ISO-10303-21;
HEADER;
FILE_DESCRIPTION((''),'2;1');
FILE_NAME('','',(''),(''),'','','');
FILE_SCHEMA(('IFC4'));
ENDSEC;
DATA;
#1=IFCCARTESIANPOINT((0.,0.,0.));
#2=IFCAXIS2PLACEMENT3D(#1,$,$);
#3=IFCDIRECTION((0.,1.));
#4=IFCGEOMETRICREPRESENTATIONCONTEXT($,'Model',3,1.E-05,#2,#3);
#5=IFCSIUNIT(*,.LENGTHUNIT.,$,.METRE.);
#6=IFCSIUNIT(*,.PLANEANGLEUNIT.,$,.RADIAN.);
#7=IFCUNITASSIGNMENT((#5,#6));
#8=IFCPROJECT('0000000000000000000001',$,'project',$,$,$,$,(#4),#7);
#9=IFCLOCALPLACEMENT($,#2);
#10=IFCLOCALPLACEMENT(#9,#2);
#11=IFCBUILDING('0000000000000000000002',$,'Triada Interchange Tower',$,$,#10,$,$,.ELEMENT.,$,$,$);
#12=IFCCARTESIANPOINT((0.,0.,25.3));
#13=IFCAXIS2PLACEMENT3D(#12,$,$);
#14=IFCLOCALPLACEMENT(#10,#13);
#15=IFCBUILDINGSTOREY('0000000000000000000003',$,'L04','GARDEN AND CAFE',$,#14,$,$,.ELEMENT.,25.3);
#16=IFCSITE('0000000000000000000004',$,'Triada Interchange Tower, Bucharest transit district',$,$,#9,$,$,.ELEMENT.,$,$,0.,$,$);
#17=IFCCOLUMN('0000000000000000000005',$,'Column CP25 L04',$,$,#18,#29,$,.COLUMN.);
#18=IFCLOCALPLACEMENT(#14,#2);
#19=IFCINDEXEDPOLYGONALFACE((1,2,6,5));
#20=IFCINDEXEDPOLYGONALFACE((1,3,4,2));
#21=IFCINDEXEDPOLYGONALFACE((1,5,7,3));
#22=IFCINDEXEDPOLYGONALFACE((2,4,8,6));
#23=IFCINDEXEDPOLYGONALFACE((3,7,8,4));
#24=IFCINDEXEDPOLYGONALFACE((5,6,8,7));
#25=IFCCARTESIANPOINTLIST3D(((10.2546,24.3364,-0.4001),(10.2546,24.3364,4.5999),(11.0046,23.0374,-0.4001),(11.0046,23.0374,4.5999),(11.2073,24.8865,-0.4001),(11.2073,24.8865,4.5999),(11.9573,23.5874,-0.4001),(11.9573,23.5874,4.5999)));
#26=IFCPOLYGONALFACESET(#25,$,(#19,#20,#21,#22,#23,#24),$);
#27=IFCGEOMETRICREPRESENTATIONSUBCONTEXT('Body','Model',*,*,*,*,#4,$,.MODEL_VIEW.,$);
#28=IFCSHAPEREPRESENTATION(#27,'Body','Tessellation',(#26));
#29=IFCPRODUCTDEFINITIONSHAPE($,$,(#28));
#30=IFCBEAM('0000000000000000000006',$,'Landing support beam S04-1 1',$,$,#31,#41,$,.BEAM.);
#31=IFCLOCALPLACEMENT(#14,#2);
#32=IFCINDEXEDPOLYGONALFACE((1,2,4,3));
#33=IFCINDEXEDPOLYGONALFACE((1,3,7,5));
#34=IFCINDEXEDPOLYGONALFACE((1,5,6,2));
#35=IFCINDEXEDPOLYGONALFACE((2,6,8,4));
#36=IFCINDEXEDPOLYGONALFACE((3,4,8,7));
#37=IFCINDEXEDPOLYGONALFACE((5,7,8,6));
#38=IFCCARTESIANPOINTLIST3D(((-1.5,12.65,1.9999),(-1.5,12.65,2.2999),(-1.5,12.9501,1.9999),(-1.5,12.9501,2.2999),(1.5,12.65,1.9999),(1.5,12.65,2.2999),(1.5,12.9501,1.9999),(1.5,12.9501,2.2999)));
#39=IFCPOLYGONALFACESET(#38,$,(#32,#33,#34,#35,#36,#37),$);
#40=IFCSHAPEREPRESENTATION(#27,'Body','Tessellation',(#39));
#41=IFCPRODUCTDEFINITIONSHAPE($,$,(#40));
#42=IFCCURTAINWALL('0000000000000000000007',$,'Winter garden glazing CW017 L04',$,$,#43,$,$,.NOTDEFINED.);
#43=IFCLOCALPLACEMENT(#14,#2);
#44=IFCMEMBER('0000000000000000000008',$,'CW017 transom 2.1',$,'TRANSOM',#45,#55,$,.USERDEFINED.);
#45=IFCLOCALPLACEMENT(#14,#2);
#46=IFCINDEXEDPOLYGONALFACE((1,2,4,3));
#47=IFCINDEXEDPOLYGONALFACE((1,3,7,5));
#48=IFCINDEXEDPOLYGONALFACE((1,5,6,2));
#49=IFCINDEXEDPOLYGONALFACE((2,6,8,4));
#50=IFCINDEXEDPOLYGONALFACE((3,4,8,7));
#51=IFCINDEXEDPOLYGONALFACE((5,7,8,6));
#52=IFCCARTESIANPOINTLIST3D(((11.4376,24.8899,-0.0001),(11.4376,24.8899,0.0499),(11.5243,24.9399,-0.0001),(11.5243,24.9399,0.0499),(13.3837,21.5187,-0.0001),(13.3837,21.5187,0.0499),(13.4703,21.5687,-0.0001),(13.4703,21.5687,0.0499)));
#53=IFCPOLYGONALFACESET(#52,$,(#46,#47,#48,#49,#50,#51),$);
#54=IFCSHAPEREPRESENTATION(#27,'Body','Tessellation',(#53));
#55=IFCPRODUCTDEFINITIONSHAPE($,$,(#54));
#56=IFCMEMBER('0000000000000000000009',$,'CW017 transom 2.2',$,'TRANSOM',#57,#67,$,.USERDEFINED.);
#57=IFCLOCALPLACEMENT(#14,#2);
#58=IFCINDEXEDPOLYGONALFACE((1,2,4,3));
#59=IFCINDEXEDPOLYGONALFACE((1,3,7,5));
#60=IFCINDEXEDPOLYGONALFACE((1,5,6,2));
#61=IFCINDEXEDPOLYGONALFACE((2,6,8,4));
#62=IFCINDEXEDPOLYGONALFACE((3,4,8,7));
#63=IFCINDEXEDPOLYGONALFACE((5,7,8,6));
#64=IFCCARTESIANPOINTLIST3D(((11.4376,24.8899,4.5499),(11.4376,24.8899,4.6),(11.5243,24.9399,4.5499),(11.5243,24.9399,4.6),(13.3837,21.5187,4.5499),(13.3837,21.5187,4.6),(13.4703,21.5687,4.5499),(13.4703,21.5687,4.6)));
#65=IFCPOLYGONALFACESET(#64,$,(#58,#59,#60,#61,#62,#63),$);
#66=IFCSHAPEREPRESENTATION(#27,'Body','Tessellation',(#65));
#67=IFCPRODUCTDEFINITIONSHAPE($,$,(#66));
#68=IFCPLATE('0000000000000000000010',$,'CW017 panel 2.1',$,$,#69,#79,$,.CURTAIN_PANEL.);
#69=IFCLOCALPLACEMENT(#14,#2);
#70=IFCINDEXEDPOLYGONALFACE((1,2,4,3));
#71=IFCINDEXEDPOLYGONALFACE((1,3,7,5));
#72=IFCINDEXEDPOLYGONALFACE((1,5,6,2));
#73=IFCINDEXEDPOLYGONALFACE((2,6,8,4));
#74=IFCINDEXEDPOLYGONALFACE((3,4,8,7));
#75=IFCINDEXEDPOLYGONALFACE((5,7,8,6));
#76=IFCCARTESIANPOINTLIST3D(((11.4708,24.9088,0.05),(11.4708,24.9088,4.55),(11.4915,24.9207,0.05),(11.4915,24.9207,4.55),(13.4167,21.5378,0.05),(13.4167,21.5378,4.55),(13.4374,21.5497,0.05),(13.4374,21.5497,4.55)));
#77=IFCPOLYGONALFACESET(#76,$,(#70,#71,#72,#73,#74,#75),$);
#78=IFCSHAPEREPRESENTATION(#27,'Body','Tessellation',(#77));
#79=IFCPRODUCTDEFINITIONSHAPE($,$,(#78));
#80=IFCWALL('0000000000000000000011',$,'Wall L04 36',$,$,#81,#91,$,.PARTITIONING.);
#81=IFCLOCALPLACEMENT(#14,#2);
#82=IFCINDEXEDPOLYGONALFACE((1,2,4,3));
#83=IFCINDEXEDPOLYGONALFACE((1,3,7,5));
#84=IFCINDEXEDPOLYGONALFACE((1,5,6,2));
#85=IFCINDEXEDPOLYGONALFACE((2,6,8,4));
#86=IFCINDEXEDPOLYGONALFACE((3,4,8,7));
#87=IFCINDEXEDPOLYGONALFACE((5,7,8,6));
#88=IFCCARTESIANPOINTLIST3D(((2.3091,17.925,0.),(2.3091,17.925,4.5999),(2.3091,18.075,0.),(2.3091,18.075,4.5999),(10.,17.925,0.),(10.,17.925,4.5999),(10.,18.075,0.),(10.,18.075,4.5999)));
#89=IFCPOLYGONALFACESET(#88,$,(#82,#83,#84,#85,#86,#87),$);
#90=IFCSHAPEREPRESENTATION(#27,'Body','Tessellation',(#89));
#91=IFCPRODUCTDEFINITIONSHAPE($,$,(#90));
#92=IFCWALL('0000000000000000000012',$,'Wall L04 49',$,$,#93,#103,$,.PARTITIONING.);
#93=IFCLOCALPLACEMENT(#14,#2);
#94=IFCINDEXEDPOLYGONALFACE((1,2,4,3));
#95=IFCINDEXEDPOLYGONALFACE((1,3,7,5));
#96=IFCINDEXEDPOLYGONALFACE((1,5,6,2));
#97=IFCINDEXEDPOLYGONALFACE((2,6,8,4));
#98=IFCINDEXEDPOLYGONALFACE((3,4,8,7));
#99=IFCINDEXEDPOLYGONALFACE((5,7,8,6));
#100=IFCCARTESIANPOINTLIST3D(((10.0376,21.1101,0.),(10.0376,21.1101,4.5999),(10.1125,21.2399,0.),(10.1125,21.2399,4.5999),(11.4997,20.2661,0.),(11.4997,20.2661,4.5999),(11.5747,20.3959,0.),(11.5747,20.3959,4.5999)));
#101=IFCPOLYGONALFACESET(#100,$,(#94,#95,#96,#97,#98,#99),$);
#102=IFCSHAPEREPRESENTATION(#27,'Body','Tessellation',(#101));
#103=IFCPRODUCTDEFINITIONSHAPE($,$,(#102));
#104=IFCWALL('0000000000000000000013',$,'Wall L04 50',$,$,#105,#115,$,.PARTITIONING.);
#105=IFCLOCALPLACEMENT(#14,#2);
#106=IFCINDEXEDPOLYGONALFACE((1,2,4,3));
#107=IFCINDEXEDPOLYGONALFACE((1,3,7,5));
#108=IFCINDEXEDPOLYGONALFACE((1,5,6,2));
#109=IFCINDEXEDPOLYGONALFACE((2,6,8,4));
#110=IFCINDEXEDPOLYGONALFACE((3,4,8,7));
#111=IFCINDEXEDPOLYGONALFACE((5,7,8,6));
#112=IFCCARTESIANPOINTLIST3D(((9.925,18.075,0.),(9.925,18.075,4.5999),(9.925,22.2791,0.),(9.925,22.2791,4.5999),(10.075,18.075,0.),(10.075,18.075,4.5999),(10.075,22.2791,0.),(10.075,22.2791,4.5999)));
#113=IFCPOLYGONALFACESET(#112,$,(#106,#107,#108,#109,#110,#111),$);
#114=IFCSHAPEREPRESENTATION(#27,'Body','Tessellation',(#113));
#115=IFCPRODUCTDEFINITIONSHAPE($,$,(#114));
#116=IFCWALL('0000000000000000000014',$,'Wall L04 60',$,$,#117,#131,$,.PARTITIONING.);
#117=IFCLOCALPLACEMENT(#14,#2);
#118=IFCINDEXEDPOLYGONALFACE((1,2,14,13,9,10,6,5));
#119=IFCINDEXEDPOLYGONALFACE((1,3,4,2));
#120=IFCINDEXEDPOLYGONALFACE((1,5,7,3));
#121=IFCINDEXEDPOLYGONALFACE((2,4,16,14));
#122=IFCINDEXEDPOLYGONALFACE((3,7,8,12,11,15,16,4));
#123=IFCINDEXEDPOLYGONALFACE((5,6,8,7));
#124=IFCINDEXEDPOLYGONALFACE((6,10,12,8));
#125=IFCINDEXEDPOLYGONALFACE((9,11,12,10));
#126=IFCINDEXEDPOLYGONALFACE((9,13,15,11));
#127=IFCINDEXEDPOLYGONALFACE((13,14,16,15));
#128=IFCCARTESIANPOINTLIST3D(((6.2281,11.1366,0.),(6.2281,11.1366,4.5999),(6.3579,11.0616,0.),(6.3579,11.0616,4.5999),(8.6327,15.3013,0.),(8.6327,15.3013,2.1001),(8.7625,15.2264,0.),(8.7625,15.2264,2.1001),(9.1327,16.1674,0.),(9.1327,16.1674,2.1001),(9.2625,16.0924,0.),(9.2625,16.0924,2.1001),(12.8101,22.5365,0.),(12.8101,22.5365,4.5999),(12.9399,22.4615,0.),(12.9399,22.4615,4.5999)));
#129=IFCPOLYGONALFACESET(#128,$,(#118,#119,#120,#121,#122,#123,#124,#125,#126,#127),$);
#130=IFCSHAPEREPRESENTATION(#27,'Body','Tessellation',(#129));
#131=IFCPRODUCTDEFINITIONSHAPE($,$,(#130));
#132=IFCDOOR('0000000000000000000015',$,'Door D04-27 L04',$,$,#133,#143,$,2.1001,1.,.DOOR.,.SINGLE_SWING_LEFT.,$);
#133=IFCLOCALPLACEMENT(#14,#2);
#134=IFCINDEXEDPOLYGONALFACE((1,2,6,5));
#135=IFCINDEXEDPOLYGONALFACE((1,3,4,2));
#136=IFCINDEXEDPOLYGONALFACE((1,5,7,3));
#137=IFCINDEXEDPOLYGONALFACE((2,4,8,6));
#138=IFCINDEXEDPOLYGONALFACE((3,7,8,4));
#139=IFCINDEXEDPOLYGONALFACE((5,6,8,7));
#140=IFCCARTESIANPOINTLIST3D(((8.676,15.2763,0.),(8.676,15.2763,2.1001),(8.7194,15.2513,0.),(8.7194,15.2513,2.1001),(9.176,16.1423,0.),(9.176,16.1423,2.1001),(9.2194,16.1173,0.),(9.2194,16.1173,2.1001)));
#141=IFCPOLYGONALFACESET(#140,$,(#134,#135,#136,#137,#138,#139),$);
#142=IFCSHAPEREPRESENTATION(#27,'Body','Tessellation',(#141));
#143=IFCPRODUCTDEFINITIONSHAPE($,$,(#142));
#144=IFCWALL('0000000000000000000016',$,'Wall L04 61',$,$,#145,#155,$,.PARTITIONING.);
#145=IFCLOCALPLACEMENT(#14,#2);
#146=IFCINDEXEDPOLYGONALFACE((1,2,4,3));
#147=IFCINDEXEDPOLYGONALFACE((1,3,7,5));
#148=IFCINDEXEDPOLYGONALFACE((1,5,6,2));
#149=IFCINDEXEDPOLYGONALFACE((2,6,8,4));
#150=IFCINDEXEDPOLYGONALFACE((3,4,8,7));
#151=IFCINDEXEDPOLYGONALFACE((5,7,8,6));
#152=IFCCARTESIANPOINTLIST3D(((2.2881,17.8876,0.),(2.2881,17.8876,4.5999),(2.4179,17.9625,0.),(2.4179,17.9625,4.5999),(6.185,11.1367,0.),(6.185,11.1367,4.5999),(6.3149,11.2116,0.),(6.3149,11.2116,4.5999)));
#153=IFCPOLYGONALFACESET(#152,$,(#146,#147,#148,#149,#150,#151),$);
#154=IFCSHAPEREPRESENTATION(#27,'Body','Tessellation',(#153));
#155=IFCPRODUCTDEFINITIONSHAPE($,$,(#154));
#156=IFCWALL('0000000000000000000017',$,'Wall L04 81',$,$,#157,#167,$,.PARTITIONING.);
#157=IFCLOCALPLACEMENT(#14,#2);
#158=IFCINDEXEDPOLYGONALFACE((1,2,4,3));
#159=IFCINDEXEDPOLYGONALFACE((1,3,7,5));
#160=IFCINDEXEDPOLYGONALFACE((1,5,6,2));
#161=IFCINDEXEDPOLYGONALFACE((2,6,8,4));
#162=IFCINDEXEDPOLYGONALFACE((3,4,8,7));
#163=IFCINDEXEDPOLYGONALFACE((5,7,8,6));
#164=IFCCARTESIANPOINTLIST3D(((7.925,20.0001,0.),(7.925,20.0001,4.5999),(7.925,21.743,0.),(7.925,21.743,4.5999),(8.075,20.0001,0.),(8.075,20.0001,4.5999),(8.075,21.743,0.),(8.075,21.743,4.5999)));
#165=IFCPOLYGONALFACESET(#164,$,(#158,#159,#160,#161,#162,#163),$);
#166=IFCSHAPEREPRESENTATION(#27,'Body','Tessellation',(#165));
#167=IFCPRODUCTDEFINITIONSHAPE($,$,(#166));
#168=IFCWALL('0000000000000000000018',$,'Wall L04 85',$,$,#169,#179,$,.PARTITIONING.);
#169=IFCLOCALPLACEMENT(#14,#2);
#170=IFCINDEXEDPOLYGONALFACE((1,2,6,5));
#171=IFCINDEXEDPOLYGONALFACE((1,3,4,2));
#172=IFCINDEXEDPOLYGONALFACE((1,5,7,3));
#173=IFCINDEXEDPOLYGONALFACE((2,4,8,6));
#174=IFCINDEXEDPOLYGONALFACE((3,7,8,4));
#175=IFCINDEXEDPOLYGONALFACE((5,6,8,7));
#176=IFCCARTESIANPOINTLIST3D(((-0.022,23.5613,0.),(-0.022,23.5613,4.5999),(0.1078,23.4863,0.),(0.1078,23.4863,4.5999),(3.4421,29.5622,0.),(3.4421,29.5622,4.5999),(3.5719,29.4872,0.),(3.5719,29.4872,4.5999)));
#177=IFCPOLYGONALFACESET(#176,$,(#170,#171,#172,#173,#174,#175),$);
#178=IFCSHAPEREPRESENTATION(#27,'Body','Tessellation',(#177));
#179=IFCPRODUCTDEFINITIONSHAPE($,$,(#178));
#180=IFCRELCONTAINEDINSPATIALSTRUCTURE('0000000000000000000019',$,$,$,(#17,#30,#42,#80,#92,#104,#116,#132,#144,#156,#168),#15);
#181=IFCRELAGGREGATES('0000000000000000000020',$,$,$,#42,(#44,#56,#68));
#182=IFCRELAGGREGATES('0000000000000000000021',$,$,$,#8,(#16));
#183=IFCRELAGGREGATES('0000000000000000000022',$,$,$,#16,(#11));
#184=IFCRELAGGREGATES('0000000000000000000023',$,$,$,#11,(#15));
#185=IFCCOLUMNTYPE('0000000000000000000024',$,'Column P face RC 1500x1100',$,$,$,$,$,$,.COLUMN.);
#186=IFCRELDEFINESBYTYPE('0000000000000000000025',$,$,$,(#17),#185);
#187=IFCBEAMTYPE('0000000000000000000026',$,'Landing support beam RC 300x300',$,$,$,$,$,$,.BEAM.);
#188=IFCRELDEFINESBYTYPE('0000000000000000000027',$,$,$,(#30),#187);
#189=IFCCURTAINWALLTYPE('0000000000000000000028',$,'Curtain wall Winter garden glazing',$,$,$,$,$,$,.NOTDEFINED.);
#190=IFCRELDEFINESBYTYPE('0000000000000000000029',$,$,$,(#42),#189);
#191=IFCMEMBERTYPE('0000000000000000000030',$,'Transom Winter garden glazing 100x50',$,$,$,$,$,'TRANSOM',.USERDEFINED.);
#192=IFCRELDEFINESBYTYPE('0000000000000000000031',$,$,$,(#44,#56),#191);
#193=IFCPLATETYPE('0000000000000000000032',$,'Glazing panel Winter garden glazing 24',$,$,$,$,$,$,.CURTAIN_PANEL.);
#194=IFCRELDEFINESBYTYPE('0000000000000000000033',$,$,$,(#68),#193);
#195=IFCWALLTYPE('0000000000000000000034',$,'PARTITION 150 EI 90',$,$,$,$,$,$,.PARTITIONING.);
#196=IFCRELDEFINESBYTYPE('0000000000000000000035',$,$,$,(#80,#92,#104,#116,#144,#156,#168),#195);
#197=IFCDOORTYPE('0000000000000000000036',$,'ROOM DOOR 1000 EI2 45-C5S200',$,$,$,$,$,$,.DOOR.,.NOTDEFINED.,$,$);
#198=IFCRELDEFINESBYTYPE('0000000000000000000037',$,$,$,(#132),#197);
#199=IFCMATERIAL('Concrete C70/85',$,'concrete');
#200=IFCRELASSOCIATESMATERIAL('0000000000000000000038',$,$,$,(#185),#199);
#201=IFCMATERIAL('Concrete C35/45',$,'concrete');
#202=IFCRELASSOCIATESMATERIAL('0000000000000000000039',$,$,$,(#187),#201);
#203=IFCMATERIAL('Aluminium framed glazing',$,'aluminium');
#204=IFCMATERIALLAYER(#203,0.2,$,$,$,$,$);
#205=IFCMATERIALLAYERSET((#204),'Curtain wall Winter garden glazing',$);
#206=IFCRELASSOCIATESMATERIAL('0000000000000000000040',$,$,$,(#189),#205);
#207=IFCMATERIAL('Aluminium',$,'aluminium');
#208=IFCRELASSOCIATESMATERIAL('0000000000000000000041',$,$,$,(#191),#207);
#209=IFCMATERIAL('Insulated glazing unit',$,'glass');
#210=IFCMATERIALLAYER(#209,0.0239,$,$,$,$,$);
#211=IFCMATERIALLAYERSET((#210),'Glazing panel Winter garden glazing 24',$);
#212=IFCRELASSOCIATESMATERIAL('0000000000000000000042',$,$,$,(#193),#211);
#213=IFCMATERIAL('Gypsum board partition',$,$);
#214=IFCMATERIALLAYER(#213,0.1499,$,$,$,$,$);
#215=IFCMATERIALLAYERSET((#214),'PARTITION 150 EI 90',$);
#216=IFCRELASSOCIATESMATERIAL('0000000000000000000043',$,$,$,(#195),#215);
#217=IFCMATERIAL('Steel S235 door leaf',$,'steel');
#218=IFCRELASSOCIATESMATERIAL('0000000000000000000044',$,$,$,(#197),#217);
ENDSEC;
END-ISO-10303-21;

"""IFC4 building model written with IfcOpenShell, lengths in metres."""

from ifc_helpers import new_model, si_unit, direction, frame, frame_2d, origin, origin_2d, place, context, subcontext, project, spatial, rectangle, extrude, material, layer, layer_set, material_profile, profile_set, type_object, element, fill, aggregate, save


model = new_model("IFC4")

# Units and contexts
model_context = context("Model", 3, precision=1e-05, world=origin(), true_north=direction((0.0, 1.0)))
body_context = subcontext(model_context, "Body", "Model", "MODEL_VIEW")
ifc_project = project(units=[si_unit("LENGTHUNIT", "METRE"), si_unit("PLANEANGLEUNIT", "RADIAN")], contexts=[model_context])

# Site, building, storey
site_placement = place(None, origin())
site = spatial("IfcSite", under=ifc_project, at=site_placement, Name="Triada Interchange Tower, Bucharest transit district", CompositionType="ELEMENT", RefElevation=0.0)
building_placement = place(site_placement, origin())
building = spatial("IfcBuilding", under=site, at=building_placement, Name="Triada Interchange Tower", CompositionType="ELEMENT")
storey_placement = place(building_placement, frame((0.0, 0.0, 25.3)))
storey = spatial("IfcBuildingStorey", under=building, at=storey_placement, Name="L04", Description="GARDEN AND CAFE", CompositionType="ELEMENT", Elevation=25.3)

# Column
ifc_material_1 = material(Name="Concrete C70/85", Category="concrete")
ifc_material_profile_1 = material_profile(ifc_material_1, rectangle(XDim=1.5, YDim=1.1001, at=origin_2d()), Name="RC 1500x1100")
ifc_profile_set_1 = profile_set([ifc_material_profile_1], Name="Concrete C70/85")
column_type = type_object("IfcColumnType", Name="Column P face RC 1500x1100", PredefinedType="COLUMN", material=ifc_profile_set_1)
column_placement = place(storey_placement, frame((11.106, 23.9619, -0.4001), z_axis=(0.0, 0.0, 1.0), x_axis=(-0.5, 0.866025, 0.0)))
element("IfcColumn", 1, at=column_placement, inside=storey, type_object=column_type, Name="Column CP25 L04", PredefinedType="COLUMN", context=body_context, shape_type="SweptSolid", body=[
    extrude(rectangle(XDim=1.5, YDim=1.1001, at=origin_2d()), origin(), (0.0, 0.0, 1.0), 5.0),
])

# Beam
ifc_material_2 = material(Name="Concrete C35/45", Category="concrete")
ifc_material_profile_2 = material_profile(ifc_material_2, rectangle(XDim=0.3, YDim=0.3, at=origin_2d()), Name="RC 300x300")
ifc_profile_set_2 = profile_set([ifc_material_profile_2], Name="Concrete C35/45")
beam_type = type_object("IfcBeamType", Name="Landing support beam RC 300x300", PredefinedType="BEAM", material=ifc_profile_set_2)
beam_placement = place(storey_placement, frame((1.5, 12.8, 2.1499), z_axis=(-1.0, 0.0, 0.0), x_axis=(0.0, -1.0, 0.0)))
element("IfcBeam", 2, at=beam_placement, inside=storey, type_object=beam_type, Name="Landing support beam S04-1 1", PredefinedType="BEAM", context=body_context, shape_type="SweptSolid", body=[
    extrude(rectangle(XDim=0.3, YDim=0.3, at=origin_2d()), origin(), (0.0, 0.0, 1.0), 3.0),
])

# Curtain wall, members, plate
ifc_material_3 = material(Name="Aluminium framed glazing", Category="aluminium")
ifc_layer_1 = layer(ifc_material_3, 0.2)
ifc_layer_set_1 = layer_set([ifc_layer_1], Name="Curtain wall Winter garden glazing")
curtain_wall_type = type_object("IfcCurtainWallType", Name="Curtain wall Winter garden glazing", PredefinedType="NOTDEFINED", material=ifc_layer_set_1)
curtain_wall_placement = place(storey_placement, origin())
curtain_wall = element("IfcCurtainWall", 3, at=curtain_wall_placement, inside=storey, type_object=curtain_wall_type, Name="Winter garden glazing CW017 L04", PredefinedType="NOTDEFINED")
ifc_material_4 = material(Name="Aluminium", Category="aluminium")
ifc_material_profile_3 = material_profile(ifc_material_4, rectangle(XDim=0.1001, YDim=0.05, at=origin_2d()), Name="Aluminium transom")
ifc_profile_set_3 = profile_set([ifc_material_profile_3], Name="Aluminium")
member_type = type_object("IfcMemberType", Name="Transom Winter garden glazing 100x50", ElementType="TRANSOM", PredefinedType="USERDEFINED", material=ifc_profile_set_3)
member_1_placement = place(storey_placement, frame((13.427, 21.5437, 0.0249), z_axis=(-0.49995, 0.866054, 0.0), x_axis=(-0.866054, -0.49995, 0.0)))
member_1 = element("IfcMember", 4, at=member_1_placement, type_object=member_type, Name="CW017 transom 2.1", ObjectType="TRANSOM", PredefinedType="USERDEFINED", context=body_context, shape_type="SweptSolid", body=[
    extrude(rectangle(XDim=0.1001, YDim=0.05, at=origin_2d()), origin(), (0.0, 0.0, 1.0), 3.8926),
])
member_2_placement = place(storey_placement, frame((13.427, 21.5437, 4.575), z_axis=(-0.49995, 0.866054, 0.0), x_axis=(-0.866054, -0.49995, 0.0)))
member_2 = element("IfcMember", 5, at=member_2_placement, type_object=member_type, Name="CW017 transom 2.2", ObjectType="TRANSOM", PredefinedType="USERDEFINED", context=body_context, shape_type="SweptSolid", body=[
    extrude(rectangle(XDim=0.1001, YDim=0.05, at=origin_2d()), origin(), (0.0, 0.0, 1.0), 3.8926),
])
ifc_material_5 = material(Name="Insulated glazing unit", Category="glass")
ifc_layer_2 = layer(ifc_material_5, 0.0239)
ifc_layer_set_2 = layer_set([ifc_layer_2], Name="Glazing panel Winter garden glazing 24")
plate_type = type_object("IfcPlateType", Name="Glazing panel Winter garden glazing 24", PredefinedType="CURTAIN_PANEL", material=ifc_layer_set_2)
plate_placement = place(storey_placement, frame((12.4541, 23.2292, 0.05), z_axis=(0.0, 0.0, 1.0), x_axis=(-0.499948, 0.866055, 0.0)))
plate = element("IfcPlate", 6, at=plate_placement, type_object=plate_type, Name="CW017 panel 2.1", PredefinedType="CURTAIN_PANEL", context=body_context, shape_type="SweptSolid", body=[
    extrude(rectangle(XDim=3.8923, YDim=0.0239, at=origin_2d()), origin(), (0.0, 0.0, 1.0), 4.5),
])
aggregate(curtain_wall, [member_1, member_2, plate])

# Shared definitions
ifc_material_6 = material(Name="Steel S235 door leaf", Category="steel")

# Walls
ifc_material_7 = material(Name="Gypsum board partition")
ifc_layer_3 = layer(ifc_material_7, 0.1499)
ifc_layer_set_3 = layer_set([ifc_layer_3], Name="PARTITION 150 EI 90")
wall_type_1 = type_object("IfcWallType", Name="PARTITION 150 EI 90", PredefinedType="PARTITIONING", material=ifc_layer_set_3)
wall_1_placement = place(storey_placement, frame((2.3091, 18.0, 0.0), z_axis=(0.0, 0.0, 1.0), x_axis=(1.0, 0.0, 0.0)))
element("IfcWall", 7, at=wall_1_placement, inside=storey, type_object=wall_type_1, Name="Wall L04 36", PredefinedType="PARTITIONING", context=body_context, shape_type="SweptSolid", body=[
    extrude(rectangle(XDim=7.6909, YDim=0.1499, at=frame_2d((3.8455, 0.0))), origin(), (0.0, 0.0, 1.0), 4.5999),
])
wall_2_placement = place(storey_placement, frame((10.075, 21.175, 0.0), z_axis=(0.0, 0.0, 1.0), x_axis=(0.866072, -0.499919, 0.0)))
element("IfcWall", 8, at=wall_2_placement, inside=storey, type_object=wall_type_1, Name="Wall L04 49", PredefinedType="PARTITIONING", context=body_context, shape_type="SweptSolid", body=[
    extrude(rectangle(XDim=1.6882, YDim=0.1499, at=frame_2d((0.8442, 0.0))), origin(), (0.0, 0.0, 1.0), 4.5999),
])
wall_3_placement = place(storey_placement, frame((10.0, 18.075, 0.0), z_axis=(0.0, 0.0, 1.0), x_axis=(0.0, 1.0, 0.0)))
element("IfcWall", 9, at=wall_3_placement, inside=storey, type_object=wall_type_1, Name="Wall L04 50", PredefinedType="PARTITIONING", context=body_context, shape_type="SweptSolid", body=[
    extrude(rectangle(XDim=4.2041, YDim=0.1499, at=frame_2d((2.1021, 0.0))), origin(), (0.0, 0.0, 1.0), 4.5999),
])

# Wall, opening, door
wall_4_placement = place(storey_placement, frame((6.293, 11.0991, 0.0), z_axis=(0.0, 0.0, 1.0), x_axis=(0.500017, 0.866016, 0.0)))
wall_4 = element("IfcWall", 10, at=wall_4_placement, inside=storey, type_object=wall_type_1, Name="Wall L04 60", PredefinedType="PARTITIONING", context=body_context, shape_type="SweptSolid", body=[
    extrude(rectangle(XDim=13.1636, YDim=0.1499, at=frame_2d((6.5818, 0.0))), origin(), (0.0, 0.0, 1.0), 4.5999),
])
opening_1_placement = place(wall_4_placement, frame((4.8091, 0.0, 0.0)))
opening_1 = element("IfcOpeningElement", 11, at=opening_1_placement, cuts=wall_4, PredefinedType="OPENING", context=body_context, shape_type="SweptSolid", body=[
    extrude(rectangle(XDim=1.0, YDim=2.1001, at=frame_2d((0.5, 1.05))), frame((0.0, 0.085, 0.0), z_axis=(0.0, -1.0, 0.0), x_axis=(1.0, 0.0, 0.0)), (0.0, 0.0, 1.0), 0.1699),
])
door_type_1 = type_object("IfcDoorType", Name="ROOM DOOR 1000 EI2 45-C5S200", OperationType="NOTDEFINED", PredefinedType="DOOR", material=ifc_material_6)
door_1_placement = place(opening_1_placement, origin())
door_1 = element("IfcDoor", 12, at=door_1_placement, inside=storey, type_object=door_type_1, Name="Door D04-27 L04", OperationType="SINGLE_SWING_LEFT", OverallHeight=2.1001, OverallWidth=1.0, PredefinedType="DOOR", context=body_context, shape_type="SweptSolid", body=[
    extrude(rectangle(XDim=1.0, YDim=2.1001, at=frame_2d((0.5, 1.05))), frame((0.0, 0.0249, 0.0), z_axis=(0.0, -1.0, 0.0), x_axis=(1.0, 0.0, 0.0)), (0.0, 0.0, 1.0), 0.05),
])
fill(opening_1, door_1)

# Walls
wall_5_placement = place(storey_placement, frame((2.353, 17.925, 0.0), z_axis=(0.0, 0.0, 1.0), x_axis=(0.499932, -0.866065, 0.0)))
element("IfcWall", 13, at=wall_5_placement, inside=storey, type_object=wall_type_1, Name="Wall L04 61", PredefinedType="PARTITIONING", context=body_context, shape_type="SweptSolid", body=[
    extrude(rectangle(XDim=7.7949, YDim=0.1499, at=frame_2d((3.8975, 0.0))), origin(), (0.0, 0.0, 1.0), 4.5999),
])
wall_6_placement = place(storey_placement, frame((8.0, 20.0, 0.0), z_axis=(0.0, 0.0, 1.0), x_axis=(0.0, 1.0, 0.0)))
element("IfcWall", 14, at=wall_6_placement, inside=storey, type_object=wall_type_1, Name="Wall L04 81", PredefinedType="PARTITIONING", context=body_context, shape_type="SweptSolid", body=[
    extrude(rectangle(XDim=1.7429, YDim=0.1499, at=frame_2d((0.8716, 0.0))), origin(), (0.0, 0.0, 1.0), 4.5999),
])
wall_7_placement = place(storey_placement, frame((0.043, 23.5239, 0.0), z_axis=(0.0, 0.0, 1.0), x_axis=(0.49994, 0.86606, 0.0)))
element("IfcWall", 15, at=wall_7_placement, inside=storey, type_object=wall_type_1, Name="Wall L04 85", PredefinedType="PARTITIONING", context=body_context, shape_type="SweptSolid", body=[
    extrude(rectangle(XDim=6.929, YDim=0.1499, at=frame_2d((3.4644, 0.0))), origin(), (0.0, 0.0, 1.0), 4.5999),
])

save(model, "model.ifc")
